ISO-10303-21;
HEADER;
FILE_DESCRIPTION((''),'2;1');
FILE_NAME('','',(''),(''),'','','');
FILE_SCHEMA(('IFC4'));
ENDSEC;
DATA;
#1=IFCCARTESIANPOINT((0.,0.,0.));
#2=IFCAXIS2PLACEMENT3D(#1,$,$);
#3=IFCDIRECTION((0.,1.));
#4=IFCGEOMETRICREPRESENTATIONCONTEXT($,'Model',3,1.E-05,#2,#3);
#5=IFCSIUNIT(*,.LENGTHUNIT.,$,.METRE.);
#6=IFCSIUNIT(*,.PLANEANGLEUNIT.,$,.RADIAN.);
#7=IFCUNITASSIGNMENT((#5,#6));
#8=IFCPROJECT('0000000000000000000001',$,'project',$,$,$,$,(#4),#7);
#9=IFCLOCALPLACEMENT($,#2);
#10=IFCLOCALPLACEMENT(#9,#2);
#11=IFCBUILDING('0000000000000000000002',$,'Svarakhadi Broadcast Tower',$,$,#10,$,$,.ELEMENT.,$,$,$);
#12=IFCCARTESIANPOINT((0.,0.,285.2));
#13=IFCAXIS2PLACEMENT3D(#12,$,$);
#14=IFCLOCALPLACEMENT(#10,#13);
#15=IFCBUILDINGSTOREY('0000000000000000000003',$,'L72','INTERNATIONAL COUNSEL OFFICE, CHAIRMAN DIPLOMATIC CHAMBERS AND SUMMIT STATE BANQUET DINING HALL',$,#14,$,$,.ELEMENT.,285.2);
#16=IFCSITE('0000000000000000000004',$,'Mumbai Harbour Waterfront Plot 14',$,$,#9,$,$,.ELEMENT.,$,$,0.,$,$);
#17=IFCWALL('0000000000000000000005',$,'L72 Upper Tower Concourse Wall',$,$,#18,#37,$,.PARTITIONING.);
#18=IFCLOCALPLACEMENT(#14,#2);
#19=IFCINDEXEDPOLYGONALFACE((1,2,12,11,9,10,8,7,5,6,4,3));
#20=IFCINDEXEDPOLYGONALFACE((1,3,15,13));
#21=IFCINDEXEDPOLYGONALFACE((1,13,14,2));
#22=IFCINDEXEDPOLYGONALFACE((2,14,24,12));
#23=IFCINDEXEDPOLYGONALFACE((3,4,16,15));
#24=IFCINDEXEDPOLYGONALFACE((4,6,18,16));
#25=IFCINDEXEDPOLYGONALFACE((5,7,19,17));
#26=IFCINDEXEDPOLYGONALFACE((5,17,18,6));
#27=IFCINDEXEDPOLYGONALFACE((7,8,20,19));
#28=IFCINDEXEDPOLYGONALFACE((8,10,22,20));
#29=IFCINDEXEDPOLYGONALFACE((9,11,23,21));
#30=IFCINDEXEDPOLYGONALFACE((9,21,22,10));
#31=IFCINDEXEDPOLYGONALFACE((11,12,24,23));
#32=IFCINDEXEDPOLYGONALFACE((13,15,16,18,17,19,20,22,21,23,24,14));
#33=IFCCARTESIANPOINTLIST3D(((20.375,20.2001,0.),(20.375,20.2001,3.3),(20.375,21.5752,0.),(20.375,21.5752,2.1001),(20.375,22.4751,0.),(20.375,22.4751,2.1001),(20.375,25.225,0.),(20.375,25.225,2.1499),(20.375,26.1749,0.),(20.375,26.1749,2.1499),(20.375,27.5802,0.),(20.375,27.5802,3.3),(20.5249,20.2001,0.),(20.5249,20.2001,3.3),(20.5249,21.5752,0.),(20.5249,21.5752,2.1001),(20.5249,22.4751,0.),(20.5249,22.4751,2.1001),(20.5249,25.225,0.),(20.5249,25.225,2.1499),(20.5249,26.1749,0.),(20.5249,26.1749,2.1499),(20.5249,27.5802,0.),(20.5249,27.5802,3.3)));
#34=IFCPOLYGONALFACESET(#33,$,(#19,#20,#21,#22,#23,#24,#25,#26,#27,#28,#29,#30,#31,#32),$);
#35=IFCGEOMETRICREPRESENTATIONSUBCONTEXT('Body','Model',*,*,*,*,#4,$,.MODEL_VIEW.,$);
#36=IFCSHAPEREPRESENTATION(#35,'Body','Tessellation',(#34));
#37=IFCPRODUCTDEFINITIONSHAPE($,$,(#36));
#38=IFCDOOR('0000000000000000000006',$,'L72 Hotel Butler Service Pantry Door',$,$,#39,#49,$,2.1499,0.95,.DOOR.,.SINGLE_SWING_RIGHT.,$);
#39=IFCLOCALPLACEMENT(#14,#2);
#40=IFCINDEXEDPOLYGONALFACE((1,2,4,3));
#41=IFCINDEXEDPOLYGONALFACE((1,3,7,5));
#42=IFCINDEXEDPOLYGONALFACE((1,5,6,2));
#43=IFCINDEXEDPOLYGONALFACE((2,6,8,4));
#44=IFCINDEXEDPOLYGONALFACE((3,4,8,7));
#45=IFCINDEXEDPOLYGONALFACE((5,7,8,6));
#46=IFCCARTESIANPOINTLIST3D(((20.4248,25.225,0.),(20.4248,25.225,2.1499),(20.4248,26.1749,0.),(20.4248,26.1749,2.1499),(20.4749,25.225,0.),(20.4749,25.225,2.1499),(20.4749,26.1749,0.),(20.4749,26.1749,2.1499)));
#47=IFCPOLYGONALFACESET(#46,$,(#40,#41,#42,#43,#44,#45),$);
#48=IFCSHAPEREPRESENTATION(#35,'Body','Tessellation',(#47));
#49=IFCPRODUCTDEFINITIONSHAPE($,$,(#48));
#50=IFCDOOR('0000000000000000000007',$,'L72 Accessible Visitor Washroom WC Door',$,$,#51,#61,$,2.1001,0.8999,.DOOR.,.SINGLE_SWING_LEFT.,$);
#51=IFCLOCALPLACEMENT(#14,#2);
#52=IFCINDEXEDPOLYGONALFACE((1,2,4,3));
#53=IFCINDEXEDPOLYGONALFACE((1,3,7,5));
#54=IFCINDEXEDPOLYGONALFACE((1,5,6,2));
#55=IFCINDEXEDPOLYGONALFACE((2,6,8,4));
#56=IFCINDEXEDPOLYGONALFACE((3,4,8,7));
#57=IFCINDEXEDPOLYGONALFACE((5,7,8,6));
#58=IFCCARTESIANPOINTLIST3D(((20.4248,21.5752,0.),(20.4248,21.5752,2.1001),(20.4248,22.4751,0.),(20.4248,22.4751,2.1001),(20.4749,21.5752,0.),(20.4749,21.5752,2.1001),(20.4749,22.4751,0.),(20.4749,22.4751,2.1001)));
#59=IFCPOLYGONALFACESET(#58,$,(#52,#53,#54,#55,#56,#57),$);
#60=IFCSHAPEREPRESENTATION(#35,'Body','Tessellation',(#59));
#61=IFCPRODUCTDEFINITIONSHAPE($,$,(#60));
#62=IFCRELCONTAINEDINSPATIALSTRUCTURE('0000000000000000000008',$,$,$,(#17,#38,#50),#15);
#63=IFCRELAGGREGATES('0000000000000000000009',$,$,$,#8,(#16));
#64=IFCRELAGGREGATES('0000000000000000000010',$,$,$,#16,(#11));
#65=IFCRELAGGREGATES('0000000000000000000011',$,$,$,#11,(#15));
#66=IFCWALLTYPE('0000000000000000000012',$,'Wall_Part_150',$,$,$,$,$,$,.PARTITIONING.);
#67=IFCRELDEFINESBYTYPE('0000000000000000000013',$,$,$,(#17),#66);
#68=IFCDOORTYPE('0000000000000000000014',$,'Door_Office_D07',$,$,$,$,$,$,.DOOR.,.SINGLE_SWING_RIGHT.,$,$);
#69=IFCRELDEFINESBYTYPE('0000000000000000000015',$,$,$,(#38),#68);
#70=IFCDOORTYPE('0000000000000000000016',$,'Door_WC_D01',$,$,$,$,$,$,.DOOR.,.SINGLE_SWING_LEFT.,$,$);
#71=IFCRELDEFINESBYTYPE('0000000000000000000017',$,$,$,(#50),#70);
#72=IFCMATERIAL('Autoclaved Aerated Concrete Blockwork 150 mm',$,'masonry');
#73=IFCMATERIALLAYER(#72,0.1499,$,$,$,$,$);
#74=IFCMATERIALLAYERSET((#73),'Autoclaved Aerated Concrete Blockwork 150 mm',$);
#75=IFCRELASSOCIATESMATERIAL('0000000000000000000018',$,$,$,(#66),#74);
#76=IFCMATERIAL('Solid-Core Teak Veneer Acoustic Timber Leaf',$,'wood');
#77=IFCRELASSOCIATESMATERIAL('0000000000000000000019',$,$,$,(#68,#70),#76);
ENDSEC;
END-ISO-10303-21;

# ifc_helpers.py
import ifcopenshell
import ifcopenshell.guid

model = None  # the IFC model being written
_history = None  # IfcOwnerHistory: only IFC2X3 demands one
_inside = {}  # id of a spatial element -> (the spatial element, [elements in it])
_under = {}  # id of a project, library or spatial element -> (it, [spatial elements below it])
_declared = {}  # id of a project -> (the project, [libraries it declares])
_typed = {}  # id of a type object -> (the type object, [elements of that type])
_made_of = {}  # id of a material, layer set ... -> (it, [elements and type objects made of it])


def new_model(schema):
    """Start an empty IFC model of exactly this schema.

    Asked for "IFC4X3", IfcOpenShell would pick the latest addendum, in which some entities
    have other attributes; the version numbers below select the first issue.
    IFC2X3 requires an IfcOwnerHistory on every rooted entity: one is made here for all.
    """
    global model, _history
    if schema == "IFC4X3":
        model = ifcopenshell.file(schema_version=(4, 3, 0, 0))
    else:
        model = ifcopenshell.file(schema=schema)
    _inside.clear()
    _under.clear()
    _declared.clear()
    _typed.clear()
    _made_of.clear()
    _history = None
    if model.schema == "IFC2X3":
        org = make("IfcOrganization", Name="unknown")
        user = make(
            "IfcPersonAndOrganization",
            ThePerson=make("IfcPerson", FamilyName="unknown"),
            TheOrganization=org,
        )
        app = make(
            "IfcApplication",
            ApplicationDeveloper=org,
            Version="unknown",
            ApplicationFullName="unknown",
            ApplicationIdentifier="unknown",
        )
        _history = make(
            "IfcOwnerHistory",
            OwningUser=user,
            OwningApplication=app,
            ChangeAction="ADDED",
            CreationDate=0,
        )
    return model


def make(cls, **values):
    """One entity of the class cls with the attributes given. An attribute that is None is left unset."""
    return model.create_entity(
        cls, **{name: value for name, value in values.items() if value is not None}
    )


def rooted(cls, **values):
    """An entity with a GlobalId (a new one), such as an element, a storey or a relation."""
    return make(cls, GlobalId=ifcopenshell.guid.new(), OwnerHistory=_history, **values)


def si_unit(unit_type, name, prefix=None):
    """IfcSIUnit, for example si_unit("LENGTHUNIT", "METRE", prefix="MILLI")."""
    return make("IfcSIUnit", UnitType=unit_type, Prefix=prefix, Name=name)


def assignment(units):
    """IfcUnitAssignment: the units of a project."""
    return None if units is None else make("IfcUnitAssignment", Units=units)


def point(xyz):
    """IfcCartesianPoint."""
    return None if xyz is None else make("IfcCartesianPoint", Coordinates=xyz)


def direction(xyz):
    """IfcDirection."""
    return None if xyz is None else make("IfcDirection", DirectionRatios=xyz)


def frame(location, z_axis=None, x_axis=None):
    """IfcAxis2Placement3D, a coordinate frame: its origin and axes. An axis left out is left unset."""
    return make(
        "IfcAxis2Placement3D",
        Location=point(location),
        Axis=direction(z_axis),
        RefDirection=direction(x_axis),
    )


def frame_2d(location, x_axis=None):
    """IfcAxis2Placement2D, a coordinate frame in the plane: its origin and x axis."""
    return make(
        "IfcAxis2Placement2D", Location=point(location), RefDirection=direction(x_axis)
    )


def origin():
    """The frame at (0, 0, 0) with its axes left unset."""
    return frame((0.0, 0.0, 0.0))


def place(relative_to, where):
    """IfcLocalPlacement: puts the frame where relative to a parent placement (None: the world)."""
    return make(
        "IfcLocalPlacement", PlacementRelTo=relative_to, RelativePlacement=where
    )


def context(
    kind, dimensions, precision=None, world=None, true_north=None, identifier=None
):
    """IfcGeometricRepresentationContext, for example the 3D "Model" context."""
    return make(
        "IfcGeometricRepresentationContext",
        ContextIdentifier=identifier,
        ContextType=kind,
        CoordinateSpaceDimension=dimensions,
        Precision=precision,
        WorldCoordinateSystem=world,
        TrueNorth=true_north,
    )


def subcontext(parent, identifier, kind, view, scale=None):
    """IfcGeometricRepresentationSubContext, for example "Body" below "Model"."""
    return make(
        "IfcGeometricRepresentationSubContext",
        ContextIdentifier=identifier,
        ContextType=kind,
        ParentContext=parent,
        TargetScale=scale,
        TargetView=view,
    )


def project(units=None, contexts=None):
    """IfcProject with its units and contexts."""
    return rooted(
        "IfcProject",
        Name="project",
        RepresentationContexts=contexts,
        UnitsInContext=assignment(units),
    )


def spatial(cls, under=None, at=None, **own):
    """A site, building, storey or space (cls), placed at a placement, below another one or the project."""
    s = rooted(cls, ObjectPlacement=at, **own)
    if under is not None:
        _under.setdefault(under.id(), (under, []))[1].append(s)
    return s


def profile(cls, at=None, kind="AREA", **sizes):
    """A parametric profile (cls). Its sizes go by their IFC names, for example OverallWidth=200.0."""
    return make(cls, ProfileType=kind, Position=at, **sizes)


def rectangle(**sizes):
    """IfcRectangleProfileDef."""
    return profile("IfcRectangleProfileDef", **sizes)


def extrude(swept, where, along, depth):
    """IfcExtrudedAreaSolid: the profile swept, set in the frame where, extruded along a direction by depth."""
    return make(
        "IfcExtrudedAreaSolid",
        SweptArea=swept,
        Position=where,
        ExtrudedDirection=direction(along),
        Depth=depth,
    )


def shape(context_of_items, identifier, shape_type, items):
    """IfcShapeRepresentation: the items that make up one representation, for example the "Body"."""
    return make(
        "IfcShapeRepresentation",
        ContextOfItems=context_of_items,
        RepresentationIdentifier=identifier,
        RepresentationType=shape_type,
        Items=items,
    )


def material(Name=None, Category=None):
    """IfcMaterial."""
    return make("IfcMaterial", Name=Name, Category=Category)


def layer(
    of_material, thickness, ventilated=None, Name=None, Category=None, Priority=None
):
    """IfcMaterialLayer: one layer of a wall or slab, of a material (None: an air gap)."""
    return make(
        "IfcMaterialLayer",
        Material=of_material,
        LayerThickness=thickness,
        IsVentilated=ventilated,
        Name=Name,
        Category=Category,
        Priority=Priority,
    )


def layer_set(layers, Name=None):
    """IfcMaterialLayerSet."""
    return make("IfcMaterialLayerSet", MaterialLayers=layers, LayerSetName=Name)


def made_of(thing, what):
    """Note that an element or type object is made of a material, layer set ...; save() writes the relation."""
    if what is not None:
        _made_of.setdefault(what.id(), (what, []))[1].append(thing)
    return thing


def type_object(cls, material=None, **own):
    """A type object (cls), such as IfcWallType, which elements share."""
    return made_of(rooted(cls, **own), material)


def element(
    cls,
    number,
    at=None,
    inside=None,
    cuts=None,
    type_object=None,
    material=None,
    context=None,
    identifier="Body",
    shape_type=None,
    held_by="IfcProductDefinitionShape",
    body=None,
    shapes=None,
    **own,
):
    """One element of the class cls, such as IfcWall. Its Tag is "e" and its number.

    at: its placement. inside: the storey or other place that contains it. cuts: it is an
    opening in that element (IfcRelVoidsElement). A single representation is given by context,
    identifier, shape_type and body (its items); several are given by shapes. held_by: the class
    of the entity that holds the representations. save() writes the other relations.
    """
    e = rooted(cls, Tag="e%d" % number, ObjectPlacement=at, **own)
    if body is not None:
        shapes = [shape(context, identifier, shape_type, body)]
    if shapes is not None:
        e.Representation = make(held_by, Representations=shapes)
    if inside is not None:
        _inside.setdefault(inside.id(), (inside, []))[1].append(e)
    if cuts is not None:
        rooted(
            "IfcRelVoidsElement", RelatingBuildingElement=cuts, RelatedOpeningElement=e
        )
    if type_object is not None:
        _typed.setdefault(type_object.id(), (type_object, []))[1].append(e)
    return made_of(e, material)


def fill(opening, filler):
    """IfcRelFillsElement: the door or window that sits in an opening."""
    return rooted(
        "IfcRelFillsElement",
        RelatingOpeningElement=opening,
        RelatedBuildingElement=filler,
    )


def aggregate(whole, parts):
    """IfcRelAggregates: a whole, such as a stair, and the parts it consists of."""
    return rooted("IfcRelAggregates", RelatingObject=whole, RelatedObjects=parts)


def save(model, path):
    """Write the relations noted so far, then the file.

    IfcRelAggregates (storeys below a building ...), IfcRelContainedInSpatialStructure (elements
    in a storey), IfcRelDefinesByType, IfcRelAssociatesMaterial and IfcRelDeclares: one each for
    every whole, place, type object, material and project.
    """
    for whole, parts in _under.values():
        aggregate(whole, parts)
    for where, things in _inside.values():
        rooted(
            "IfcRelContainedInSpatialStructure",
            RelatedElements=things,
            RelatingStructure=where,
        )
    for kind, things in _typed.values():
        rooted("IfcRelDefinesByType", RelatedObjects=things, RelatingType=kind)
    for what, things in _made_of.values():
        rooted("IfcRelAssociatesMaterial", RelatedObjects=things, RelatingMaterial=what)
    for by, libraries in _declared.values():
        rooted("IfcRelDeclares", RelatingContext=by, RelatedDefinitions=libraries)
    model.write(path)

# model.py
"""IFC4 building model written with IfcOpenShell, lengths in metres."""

from ifc_helpers import new_model, si_unit, direction, frame, frame_2d, origin, place, context, subcontext, project, spatial, rectangle, extrude, material, layer, layer_set, type_object, element, fill, save


model = new_model("IFC4")

# Units and contexts
model_context = context("Model", 3, precision=1e-05, world=origin(), true_north=direction((0.0, 1.0)))
body_context = subcontext(model_context, "Body", "Model", "MODEL_VIEW")
ifc_project = project(units=[si_unit("LENGTHUNIT", "METRE"), si_unit("PLANEANGLEUNIT", "RADIAN")], contexts=[model_context])

# Site, building, storey
site_placement = place(None, origin())
site = spatial("IfcSite", under=ifc_project, at=site_placement, Name="Mumbai Harbour Waterfront Plot 14", CompositionType="ELEMENT", RefElevation=0.0)
building_placement = place(site_placement, origin())
building = spatial("IfcBuilding", under=site, at=building_placement, Name="Svarakhadi Broadcast Tower", CompositionType="ELEMENT")
storey_placement = place(building_placement, frame((0.0, 0.0, 285.2)))
storey = spatial("IfcBuildingStorey", under=building, at=storey_placement, Name="L72", Description="INTERNATIONAL COUNSEL OFFICE, CHAIRMAN DIPLOMATIC CHAMBERS AND SUMMIT STATE BANQUET DINING HALL", CompositionType="ELEMENT", Elevation=285.2)

# Shared definitions
ifc_material_1 = material(Name="Autoclaved Aerated Concrete Blockwork 150 mm", Category="masonry")
ifc_layer_1 = layer(ifc_material_1, 0.1499)
ifc_layer_set_1 = layer_set([ifc_layer_1], Name="Autoclaved Aerated Concrete Blockwork 150 mm")
wall_type = type_object("IfcWallType", Name="Wall_Part_150", PredefinedType="PARTITIONING", material=ifc_layer_set_1)

# Wall, openings, doors
wall_1_placement = place(storey_placement, frame((20.45, 27.5801, 0.0), z_axis=(0.0, 0.0, 1.0), x_axis=(0.0, -1.0, 0.0)))
wall_1 = element("IfcWall", 1, at=wall_1_placement, inside=storey, type_object=wall_type, Name="L72 Upper Tower Concourse Wall", PredefinedType="PARTITIONING", context=body_context, shape_type="SweptSolid", body=[
    extrude(rectangle(XDim=7.3801, YDim=0.1499, at=frame_2d((3.6899, 0.0))), origin(), (0.0, 0.0, 1.0), 3.3),
])
opening_1_placement = place(wall_1_placement, frame((5.105, 0.0, 0.0)))
opening_1 = element("IfcOpeningElement", 2, at=opening_1_placement, cuts=wall_1, PredefinedType="OPENING", context=body_context, shape_type="SweptSolid", body=[
    extrude(rectangle(XDim=0.8999, YDim=2.1001, at=frame_2d((0.45, 1.05))), frame((0.0, 0.085, 0.0), z_axis=(0.0, -1.0, 0.0), x_axis=(1.0, 0.0, 0.0)), (0.0, 0.0, 1.0), 0.1699),
])
opening_2_placement = place(wall_1_placement, frame((1.405, 0.0, 0.0)))
opening_2 = element("IfcOpeningElement", 3, at=opening_2_placement, cuts=wall_1, PredefinedType="OPENING", context=body_context, shape_type="SweptSolid", body=[
    extrude(rectangle(XDim=0.95, YDim=2.1499, at=frame_2d((0.4751, 1.075))), frame((0.0, 0.085, 0.0), z_axis=(0.0, -1.0, 0.0), x_axis=(1.0, 0.0, 0.0)), (0.0, 0.0, 1.0), 0.1699),
])
ifc_material_2 = material(Name="Solid-Core Teak Veneer Acoustic Timber Leaf", Category="wood")
door_type_1 = type_object("IfcDoorType", Name="Door_Office_D07", OperationType="SINGLE_SWING_RIGHT", PredefinedType="DOOR", material=ifc_material_2)
door_1_placement = place(opening_2_placement, origin())
door_1 = element("IfcDoor", 4, at=door_1_placement, inside=storey, type_object=door_type_1, Name="L72 Hotel Butler Service Pantry Door", OperationType="SINGLE_SWING_RIGHT", OverallHeight=2.1499, OverallWidth=0.95, PredefinedType="DOOR", context=body_context, shape_type="SweptSolid", body=[
    extrude(rectangle(XDim=0.95, YDim=2.1499, at=frame_2d((0.4751, 1.075))), frame((0.0, 0.0249, 0.0), z_axis=(0.0, -1.0, 0.0), x_axis=(1.0, 0.0, 0.0)), (0.0, 0.0, 1.0), 0.05),
])
fill(opening_2, door_1)
door_type_2 = type_object("IfcDoorType", Name="Door_WC_D01", OperationType="SINGLE_SWING_LEFT", PredefinedType="DOOR", material=ifc_material_2)
door_2_placement = place(opening_1_placement, origin())
door_2 = element("IfcDoor", 5, at=door_2_placement, inside=storey, type_object=door_type_2, Name="L72 Accessible Visitor Washroom WC Door", OperationType="SINGLE_SWING_LEFT", OverallHeight=2.1001, OverallWidth=0.8999, PredefinedType="DOOR", context=body_context, shape_type="SweptSolid", body=[
    extrude(rectangle(XDim=0.8999, YDim=2.1001, at=frame_2d((0.45, 1.05))), frame((0.0, 0.0249, 0.0), z_axis=(0.0, -1.0, 0.0), x_axis=(1.0, 0.0, 0.0)), (0.0, 0.0, 1.0), 0.05),
])
fill(opening_1, door_2)

save(model, "model.ifc")
